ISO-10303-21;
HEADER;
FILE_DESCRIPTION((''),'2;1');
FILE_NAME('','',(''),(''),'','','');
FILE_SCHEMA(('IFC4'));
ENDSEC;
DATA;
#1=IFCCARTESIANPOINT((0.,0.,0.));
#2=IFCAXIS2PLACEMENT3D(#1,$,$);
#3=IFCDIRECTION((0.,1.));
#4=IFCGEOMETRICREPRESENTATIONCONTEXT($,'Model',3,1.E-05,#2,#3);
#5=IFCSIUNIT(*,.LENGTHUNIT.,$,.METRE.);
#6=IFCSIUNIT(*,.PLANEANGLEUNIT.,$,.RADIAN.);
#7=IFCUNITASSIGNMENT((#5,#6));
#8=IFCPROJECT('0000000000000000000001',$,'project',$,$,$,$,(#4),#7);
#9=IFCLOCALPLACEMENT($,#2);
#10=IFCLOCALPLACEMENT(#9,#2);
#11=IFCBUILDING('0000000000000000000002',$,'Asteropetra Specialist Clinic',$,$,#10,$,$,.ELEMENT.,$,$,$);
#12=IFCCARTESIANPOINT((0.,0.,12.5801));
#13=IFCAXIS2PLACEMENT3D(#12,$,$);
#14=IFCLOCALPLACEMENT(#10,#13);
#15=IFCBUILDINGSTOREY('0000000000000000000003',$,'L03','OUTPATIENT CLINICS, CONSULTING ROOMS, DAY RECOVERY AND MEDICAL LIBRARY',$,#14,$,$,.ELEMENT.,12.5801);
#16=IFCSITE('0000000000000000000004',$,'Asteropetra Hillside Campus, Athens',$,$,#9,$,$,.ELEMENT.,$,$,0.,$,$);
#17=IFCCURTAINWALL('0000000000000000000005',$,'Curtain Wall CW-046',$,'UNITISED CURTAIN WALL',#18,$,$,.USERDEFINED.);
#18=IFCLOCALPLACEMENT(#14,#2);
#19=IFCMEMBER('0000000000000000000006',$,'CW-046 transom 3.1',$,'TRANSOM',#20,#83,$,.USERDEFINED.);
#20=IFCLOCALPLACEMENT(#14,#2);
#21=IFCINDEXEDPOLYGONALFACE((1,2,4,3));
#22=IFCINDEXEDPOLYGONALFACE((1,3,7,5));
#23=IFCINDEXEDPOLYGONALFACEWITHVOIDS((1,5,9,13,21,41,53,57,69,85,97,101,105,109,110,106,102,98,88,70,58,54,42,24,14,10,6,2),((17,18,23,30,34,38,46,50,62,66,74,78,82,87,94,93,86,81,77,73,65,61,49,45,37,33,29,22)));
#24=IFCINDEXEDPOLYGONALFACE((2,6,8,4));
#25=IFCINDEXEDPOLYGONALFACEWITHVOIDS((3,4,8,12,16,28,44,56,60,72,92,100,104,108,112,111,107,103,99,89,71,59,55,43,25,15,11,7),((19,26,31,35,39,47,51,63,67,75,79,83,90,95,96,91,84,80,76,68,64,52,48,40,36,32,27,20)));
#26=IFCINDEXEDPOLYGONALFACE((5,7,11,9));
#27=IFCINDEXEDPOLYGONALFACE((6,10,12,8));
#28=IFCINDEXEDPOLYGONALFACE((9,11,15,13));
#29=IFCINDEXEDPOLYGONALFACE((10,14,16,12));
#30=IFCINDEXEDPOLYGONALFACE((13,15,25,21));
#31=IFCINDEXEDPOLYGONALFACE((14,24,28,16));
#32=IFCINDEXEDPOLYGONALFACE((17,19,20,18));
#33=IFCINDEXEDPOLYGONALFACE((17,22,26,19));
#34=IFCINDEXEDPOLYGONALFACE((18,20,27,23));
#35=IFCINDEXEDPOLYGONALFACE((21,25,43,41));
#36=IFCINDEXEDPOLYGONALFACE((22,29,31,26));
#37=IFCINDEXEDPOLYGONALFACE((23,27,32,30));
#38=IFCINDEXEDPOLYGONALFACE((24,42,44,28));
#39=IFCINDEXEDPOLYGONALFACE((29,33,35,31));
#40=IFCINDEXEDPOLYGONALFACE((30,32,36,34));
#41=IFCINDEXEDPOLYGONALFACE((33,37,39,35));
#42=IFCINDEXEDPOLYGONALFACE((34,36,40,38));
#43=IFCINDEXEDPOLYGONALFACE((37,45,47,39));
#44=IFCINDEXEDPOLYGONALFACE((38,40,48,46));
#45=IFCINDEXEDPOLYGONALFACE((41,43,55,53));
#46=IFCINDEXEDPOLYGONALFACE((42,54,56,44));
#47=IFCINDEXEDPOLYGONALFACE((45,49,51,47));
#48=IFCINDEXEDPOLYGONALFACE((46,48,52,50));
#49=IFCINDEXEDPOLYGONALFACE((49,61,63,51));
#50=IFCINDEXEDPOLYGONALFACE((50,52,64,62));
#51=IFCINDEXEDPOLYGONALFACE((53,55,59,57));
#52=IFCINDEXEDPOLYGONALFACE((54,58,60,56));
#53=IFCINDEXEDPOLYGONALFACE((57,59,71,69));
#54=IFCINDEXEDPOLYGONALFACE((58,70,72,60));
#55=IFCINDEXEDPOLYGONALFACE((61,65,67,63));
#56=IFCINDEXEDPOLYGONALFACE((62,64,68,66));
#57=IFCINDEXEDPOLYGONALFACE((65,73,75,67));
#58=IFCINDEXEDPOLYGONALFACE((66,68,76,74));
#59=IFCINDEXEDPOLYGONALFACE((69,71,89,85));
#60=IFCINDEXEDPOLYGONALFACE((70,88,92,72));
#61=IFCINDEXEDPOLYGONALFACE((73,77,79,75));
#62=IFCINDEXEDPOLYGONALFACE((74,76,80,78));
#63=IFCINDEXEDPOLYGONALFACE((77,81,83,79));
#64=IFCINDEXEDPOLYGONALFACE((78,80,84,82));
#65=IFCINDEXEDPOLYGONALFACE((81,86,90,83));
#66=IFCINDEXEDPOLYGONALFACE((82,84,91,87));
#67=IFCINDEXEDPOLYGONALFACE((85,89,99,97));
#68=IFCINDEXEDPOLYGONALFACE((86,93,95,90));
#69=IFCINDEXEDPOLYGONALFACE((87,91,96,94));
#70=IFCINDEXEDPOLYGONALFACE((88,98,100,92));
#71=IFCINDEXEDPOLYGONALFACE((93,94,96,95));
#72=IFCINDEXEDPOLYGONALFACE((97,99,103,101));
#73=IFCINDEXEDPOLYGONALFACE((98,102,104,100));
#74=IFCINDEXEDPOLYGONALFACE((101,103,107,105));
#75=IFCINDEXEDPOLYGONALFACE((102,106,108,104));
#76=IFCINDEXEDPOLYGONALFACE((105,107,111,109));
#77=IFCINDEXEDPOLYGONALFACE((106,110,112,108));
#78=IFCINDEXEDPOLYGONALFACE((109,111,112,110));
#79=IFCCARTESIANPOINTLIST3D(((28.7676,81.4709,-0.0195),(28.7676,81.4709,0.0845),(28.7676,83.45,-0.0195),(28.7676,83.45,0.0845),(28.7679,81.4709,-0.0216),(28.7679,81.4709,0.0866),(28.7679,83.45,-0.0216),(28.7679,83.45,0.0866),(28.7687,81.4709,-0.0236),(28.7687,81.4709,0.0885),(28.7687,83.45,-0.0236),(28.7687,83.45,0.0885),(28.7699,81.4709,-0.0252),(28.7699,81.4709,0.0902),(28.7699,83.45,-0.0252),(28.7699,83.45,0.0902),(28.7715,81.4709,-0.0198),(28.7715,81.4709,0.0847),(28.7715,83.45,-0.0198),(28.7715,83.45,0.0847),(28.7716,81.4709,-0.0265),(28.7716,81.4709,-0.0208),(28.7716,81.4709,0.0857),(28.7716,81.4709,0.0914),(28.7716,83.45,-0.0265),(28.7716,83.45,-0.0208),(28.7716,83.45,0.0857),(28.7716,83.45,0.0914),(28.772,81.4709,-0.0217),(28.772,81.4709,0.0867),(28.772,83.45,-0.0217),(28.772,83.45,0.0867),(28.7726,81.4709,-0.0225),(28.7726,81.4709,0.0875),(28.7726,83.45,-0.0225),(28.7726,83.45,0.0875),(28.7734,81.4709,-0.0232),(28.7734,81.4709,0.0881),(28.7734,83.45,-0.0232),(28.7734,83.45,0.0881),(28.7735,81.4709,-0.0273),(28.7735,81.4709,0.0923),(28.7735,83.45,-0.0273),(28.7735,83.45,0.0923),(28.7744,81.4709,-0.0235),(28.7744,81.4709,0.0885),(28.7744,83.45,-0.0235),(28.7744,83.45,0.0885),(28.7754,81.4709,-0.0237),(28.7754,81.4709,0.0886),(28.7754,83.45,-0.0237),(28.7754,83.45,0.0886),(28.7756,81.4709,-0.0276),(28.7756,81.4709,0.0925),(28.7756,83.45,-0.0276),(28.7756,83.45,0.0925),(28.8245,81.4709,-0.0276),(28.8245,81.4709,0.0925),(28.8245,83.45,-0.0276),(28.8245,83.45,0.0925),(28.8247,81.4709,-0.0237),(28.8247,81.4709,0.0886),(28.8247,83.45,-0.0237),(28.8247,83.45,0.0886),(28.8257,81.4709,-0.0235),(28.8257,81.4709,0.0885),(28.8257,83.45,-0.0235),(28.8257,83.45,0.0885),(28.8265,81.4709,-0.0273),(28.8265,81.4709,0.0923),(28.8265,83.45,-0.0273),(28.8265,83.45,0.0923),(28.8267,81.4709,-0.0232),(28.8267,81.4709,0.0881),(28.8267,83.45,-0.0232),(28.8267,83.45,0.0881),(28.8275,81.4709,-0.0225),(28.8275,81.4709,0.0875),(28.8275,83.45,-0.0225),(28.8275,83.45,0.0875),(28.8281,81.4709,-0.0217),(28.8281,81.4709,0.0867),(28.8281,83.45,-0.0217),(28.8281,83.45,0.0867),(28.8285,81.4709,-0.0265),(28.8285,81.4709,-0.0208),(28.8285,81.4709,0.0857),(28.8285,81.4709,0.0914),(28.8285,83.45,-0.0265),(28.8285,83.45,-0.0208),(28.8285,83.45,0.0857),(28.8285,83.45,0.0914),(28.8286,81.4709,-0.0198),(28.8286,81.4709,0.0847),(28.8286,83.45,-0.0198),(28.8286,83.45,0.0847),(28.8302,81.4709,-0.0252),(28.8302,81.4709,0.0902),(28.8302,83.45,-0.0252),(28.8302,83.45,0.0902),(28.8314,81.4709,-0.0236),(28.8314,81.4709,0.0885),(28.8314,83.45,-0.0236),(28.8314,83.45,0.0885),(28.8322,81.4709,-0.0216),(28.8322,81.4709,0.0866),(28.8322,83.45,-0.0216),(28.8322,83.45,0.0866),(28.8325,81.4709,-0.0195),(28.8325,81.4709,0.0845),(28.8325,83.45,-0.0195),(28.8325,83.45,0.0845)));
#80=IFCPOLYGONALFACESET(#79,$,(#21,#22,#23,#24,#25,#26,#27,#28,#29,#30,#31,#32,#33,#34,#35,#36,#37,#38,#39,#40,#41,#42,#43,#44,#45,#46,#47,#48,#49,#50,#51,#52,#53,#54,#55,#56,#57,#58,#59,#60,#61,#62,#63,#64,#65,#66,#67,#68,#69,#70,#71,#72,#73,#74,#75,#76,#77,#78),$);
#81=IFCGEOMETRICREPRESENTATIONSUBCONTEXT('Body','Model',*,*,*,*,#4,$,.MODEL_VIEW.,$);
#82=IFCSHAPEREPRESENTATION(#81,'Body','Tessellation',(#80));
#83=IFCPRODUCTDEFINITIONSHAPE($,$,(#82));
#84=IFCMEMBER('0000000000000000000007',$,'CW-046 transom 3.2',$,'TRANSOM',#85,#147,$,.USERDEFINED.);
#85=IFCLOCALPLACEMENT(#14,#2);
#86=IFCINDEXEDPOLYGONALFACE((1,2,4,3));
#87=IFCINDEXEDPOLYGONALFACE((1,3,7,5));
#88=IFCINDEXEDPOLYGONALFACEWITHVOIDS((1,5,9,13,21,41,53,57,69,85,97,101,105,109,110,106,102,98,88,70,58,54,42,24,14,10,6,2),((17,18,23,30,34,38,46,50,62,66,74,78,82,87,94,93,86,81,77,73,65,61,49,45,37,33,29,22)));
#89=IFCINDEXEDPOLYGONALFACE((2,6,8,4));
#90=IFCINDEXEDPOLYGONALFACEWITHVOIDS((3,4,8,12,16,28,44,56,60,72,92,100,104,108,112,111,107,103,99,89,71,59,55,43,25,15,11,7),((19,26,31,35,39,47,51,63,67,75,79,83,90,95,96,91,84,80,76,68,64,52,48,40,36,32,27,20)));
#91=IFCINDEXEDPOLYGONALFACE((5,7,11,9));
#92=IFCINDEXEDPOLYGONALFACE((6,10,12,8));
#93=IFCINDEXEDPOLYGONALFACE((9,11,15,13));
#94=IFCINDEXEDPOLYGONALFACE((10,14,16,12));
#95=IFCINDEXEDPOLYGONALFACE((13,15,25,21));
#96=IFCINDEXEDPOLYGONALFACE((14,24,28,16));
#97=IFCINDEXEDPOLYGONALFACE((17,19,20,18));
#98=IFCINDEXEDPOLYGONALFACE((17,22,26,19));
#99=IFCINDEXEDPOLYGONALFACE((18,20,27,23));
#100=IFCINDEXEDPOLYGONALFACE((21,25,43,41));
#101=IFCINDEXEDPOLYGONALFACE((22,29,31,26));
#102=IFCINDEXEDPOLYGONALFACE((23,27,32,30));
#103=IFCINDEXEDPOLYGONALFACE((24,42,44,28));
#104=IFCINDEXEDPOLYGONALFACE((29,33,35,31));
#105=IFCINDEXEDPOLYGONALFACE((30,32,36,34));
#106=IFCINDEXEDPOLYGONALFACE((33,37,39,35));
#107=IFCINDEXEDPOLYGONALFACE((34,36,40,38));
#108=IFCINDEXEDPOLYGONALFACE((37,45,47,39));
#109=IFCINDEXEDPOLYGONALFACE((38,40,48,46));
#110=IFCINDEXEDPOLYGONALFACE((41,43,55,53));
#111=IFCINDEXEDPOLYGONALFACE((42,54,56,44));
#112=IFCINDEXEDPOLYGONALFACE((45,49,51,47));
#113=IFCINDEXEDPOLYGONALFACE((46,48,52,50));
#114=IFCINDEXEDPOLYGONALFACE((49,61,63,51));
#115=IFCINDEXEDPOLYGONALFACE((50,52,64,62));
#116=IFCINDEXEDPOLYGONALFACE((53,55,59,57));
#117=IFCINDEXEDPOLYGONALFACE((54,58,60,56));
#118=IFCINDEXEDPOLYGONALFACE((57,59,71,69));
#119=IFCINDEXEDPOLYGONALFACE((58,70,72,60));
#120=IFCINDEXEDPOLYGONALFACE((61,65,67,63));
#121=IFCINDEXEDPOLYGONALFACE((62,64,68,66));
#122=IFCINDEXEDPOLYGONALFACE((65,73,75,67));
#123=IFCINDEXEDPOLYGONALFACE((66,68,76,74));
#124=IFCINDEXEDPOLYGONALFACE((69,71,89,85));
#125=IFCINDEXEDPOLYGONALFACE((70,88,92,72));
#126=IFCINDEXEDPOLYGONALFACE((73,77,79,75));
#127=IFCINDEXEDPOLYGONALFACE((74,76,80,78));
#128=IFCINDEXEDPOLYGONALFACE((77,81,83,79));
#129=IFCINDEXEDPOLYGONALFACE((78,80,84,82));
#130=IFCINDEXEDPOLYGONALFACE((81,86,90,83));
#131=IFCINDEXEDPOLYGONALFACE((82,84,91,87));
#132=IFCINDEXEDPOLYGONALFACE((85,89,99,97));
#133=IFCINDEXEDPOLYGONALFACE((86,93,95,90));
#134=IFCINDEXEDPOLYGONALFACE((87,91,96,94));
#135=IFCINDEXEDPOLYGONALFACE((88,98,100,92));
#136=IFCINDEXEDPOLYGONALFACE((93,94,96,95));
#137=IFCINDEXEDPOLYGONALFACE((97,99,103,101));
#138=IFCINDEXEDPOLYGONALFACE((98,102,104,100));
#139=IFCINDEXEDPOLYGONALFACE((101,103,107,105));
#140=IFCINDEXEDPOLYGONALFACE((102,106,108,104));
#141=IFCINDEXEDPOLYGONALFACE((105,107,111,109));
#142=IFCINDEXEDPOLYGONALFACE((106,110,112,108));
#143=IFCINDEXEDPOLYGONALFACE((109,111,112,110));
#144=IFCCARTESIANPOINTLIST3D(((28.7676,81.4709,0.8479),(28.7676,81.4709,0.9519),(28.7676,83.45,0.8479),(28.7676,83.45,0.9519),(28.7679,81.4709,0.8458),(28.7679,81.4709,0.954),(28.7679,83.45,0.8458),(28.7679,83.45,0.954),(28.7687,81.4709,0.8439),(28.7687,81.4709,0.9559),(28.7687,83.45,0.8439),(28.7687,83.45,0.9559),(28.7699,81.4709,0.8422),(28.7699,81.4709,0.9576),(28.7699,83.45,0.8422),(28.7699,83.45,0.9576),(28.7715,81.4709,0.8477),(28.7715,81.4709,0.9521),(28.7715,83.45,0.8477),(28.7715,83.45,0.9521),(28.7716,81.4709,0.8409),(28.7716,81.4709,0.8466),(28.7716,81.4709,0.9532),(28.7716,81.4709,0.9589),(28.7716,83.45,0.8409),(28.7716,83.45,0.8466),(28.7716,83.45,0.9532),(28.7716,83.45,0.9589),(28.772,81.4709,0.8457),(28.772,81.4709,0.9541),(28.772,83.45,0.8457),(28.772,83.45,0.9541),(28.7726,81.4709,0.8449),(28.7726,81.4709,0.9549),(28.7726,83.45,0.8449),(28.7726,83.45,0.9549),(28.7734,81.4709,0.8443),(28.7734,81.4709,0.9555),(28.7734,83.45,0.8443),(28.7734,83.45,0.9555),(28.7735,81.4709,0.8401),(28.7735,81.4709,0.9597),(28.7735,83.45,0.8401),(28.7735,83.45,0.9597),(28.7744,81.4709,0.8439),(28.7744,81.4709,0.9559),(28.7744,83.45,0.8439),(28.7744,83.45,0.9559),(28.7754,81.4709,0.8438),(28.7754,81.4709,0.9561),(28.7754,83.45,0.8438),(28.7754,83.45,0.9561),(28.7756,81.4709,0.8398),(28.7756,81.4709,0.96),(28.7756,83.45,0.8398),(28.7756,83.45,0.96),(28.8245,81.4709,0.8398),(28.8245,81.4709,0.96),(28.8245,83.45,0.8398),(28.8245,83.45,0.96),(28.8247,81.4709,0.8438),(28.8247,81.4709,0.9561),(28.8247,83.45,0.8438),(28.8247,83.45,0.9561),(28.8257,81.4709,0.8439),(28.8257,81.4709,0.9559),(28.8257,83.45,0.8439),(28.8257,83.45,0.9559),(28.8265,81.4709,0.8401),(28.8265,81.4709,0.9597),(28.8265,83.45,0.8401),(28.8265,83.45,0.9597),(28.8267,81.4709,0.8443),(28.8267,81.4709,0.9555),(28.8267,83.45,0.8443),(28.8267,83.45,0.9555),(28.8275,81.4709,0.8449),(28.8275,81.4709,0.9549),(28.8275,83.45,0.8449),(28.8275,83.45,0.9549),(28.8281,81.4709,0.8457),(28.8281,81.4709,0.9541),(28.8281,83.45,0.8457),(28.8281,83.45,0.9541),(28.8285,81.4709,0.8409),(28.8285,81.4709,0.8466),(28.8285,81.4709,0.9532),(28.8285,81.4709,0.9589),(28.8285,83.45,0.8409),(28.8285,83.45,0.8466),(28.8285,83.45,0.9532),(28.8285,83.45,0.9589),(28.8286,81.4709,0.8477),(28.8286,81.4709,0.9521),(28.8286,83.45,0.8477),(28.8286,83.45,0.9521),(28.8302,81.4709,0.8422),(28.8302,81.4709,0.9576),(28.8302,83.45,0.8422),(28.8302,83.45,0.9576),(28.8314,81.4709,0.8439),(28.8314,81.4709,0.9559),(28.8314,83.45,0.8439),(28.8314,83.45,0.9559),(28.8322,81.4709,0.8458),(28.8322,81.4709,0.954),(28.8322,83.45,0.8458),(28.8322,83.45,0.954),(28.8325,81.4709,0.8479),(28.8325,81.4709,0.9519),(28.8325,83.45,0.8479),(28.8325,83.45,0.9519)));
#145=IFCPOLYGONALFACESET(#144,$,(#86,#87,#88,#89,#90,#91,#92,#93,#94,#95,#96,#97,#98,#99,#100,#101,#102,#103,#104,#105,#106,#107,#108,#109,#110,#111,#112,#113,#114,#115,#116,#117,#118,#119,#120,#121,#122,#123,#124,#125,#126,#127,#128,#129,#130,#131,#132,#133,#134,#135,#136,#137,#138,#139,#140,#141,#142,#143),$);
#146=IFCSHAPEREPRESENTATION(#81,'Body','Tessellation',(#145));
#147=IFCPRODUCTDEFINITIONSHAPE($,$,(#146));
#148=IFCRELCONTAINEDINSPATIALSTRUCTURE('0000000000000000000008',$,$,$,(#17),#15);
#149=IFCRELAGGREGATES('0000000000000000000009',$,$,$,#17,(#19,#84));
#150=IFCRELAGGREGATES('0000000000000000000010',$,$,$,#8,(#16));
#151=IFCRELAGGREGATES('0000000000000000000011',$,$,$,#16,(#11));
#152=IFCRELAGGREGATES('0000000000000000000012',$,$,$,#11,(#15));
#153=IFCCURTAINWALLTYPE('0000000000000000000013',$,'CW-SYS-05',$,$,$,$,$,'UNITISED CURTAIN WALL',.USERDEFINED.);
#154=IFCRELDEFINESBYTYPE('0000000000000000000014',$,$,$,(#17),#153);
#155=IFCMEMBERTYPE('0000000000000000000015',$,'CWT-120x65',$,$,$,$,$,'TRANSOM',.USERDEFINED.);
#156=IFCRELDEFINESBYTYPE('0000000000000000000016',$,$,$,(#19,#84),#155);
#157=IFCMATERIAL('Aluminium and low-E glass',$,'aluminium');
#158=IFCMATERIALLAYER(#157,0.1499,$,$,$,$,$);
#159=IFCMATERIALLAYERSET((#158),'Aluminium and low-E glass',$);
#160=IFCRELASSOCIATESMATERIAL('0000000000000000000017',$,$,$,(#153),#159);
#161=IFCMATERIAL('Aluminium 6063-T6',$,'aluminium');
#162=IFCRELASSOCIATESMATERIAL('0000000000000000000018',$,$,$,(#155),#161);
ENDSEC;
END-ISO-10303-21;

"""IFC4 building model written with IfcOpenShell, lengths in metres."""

from ifc_helpers import new_model, si_unit, direction, frame, origin, origin_2d, place, context, subcontext, project, spatial, hollow_rectangle, extrude, material, layer, layer_set, material_profile, profile_set, type_object, element, aggregate, save


model = new_model("IFC4")

# Units and contexts
model_context = context("Model", 3, precision=1e-05, world=origin(), true_north=direction((0.0, 1.0)))
body_context = subcontext(model_context, "Body", "Model", "MODEL_VIEW")
ifc_project = project(units=[si_unit("LENGTHUNIT", "METRE"), si_unit("PLANEANGLEUNIT", "RADIAN")], contexts=[model_context])

# Site, building, storey
site_placement = place(None, origin())
site = spatial("IfcSite", under=ifc_project, at=site_placement, Name="Asteropetra Hillside Campus, Athens", CompositionType="ELEMENT", RefElevation=0.0)
building_placement = place(site_placement, origin())
building = spatial("IfcBuilding", under=site, at=building_placement, Name="Asteropetra Specialist Clinic", CompositionType="ELEMENT")
storey_placement = place(building_placement, frame((0.0, 0.0, 12.5801)))
storey = spatial("IfcBuildingStorey", under=building, at=storey_placement, Name="L03", Description="OUTPATIENT CLINICS, CONSULTING ROOMS, DAY RECOVERY AND MEDICAL LIBRARY", CompositionType="ELEMENT", Elevation=12.5801)

# Curtain wall, members
ifc_material_1 = material(Name="Aluminium and low-E glass", Category="aluminium")
ifc_layer_1 = layer(ifc_material_1, 0.1499)
ifc_layer_set_1 = layer_set([ifc_layer_1], Name="Aluminium and low-E glass")
curtain_wall_type = type_object("IfcCurtainWallType", Name="CW-SYS-05", ElementType="UNITISED CURTAIN WALL", PredefinedType="USERDEFINED", material=ifc_layer_set_1)
curtain_wall_placement = place(storey_placement, origin())
curtain_wall = element("IfcCurtainWall", 1, at=curtain_wall_placement, inside=storey, type_object=curtain_wall_type, Name="Curtain Wall CW-046", ObjectType="UNITISED CURTAIN WALL", PredefinedType="USERDEFINED")
ifc_material_2 = material(Name="Aluminium 6063-T6", Category="aluminium")
ifc_material_profile_1 = material_profile(ifc_material_2, hollow_rectangle(XDim=0.0649, YDim=0.1201, WallThickness=0.0039, InnerFilletRadius=0.0039, OuterFilletRadius=0.0081, at=origin_2d()), Name="TRN 120x65x4.0")
ifc_profile_set_1 = profile_set([ifc_material_profile_1], Name="Aluminium 6063-T6")
member_type_1 = type_object("IfcMemberType", Name="CWT-120x65", ElementType="TRANSOM", PredefinedType="USERDEFINED", material=ifc_profile_set_1)
member_1_placement = place(storey_placement, frame((28.8, 81.4709, 0.0325), z_axis=(0.0, 1.0, 0.0), x_axis=(-1.0, 0.0, 0.0)))
member_1 = element("IfcMember", 2, at=member_1_placement, type_object=member_type_1, Name="CW-046 transom 3.1", ObjectType="TRANSOM", PredefinedType="USERDEFINED", context=body_context, shape_type="SweptSolid", body=[
    extrude(hollow_rectangle(XDim=0.0649, YDim=0.1201, WallThickness=0.0039, InnerFilletRadius=0.0039, OuterFilletRadius=0.0081, at=origin_2d()), origin(), (0.0, 0.0, 1.0), 1.979),
])
member_2_placement = place(storey_placement, frame((28.8, 81.4709, 0.8999), z_axis=(0.0, 1.0, 0.0), x_axis=(-1.0, 0.0, 0.0)))
member_2 = element("IfcMember", 3, at=member_2_placement, type_object=member_type_1, Name="CW-046 transom 3.2", ObjectType="TRANSOM", PredefinedType="USERDEFINED", context=body_context, shape_type="SweptSolid", body=[
    extrude(hollow_rectangle(XDim=0.0649, YDim=0.1201, WallThickness=0.0039, InnerFilletRadius=0.0039, OuterFilletRadius=0.0081, at=origin_2d()), origin(), (0.0, 0.0, 1.0), 1.979),
])
aggregate(curtain_wall, [member_1, member_2])

save(model, "model.ifc")
